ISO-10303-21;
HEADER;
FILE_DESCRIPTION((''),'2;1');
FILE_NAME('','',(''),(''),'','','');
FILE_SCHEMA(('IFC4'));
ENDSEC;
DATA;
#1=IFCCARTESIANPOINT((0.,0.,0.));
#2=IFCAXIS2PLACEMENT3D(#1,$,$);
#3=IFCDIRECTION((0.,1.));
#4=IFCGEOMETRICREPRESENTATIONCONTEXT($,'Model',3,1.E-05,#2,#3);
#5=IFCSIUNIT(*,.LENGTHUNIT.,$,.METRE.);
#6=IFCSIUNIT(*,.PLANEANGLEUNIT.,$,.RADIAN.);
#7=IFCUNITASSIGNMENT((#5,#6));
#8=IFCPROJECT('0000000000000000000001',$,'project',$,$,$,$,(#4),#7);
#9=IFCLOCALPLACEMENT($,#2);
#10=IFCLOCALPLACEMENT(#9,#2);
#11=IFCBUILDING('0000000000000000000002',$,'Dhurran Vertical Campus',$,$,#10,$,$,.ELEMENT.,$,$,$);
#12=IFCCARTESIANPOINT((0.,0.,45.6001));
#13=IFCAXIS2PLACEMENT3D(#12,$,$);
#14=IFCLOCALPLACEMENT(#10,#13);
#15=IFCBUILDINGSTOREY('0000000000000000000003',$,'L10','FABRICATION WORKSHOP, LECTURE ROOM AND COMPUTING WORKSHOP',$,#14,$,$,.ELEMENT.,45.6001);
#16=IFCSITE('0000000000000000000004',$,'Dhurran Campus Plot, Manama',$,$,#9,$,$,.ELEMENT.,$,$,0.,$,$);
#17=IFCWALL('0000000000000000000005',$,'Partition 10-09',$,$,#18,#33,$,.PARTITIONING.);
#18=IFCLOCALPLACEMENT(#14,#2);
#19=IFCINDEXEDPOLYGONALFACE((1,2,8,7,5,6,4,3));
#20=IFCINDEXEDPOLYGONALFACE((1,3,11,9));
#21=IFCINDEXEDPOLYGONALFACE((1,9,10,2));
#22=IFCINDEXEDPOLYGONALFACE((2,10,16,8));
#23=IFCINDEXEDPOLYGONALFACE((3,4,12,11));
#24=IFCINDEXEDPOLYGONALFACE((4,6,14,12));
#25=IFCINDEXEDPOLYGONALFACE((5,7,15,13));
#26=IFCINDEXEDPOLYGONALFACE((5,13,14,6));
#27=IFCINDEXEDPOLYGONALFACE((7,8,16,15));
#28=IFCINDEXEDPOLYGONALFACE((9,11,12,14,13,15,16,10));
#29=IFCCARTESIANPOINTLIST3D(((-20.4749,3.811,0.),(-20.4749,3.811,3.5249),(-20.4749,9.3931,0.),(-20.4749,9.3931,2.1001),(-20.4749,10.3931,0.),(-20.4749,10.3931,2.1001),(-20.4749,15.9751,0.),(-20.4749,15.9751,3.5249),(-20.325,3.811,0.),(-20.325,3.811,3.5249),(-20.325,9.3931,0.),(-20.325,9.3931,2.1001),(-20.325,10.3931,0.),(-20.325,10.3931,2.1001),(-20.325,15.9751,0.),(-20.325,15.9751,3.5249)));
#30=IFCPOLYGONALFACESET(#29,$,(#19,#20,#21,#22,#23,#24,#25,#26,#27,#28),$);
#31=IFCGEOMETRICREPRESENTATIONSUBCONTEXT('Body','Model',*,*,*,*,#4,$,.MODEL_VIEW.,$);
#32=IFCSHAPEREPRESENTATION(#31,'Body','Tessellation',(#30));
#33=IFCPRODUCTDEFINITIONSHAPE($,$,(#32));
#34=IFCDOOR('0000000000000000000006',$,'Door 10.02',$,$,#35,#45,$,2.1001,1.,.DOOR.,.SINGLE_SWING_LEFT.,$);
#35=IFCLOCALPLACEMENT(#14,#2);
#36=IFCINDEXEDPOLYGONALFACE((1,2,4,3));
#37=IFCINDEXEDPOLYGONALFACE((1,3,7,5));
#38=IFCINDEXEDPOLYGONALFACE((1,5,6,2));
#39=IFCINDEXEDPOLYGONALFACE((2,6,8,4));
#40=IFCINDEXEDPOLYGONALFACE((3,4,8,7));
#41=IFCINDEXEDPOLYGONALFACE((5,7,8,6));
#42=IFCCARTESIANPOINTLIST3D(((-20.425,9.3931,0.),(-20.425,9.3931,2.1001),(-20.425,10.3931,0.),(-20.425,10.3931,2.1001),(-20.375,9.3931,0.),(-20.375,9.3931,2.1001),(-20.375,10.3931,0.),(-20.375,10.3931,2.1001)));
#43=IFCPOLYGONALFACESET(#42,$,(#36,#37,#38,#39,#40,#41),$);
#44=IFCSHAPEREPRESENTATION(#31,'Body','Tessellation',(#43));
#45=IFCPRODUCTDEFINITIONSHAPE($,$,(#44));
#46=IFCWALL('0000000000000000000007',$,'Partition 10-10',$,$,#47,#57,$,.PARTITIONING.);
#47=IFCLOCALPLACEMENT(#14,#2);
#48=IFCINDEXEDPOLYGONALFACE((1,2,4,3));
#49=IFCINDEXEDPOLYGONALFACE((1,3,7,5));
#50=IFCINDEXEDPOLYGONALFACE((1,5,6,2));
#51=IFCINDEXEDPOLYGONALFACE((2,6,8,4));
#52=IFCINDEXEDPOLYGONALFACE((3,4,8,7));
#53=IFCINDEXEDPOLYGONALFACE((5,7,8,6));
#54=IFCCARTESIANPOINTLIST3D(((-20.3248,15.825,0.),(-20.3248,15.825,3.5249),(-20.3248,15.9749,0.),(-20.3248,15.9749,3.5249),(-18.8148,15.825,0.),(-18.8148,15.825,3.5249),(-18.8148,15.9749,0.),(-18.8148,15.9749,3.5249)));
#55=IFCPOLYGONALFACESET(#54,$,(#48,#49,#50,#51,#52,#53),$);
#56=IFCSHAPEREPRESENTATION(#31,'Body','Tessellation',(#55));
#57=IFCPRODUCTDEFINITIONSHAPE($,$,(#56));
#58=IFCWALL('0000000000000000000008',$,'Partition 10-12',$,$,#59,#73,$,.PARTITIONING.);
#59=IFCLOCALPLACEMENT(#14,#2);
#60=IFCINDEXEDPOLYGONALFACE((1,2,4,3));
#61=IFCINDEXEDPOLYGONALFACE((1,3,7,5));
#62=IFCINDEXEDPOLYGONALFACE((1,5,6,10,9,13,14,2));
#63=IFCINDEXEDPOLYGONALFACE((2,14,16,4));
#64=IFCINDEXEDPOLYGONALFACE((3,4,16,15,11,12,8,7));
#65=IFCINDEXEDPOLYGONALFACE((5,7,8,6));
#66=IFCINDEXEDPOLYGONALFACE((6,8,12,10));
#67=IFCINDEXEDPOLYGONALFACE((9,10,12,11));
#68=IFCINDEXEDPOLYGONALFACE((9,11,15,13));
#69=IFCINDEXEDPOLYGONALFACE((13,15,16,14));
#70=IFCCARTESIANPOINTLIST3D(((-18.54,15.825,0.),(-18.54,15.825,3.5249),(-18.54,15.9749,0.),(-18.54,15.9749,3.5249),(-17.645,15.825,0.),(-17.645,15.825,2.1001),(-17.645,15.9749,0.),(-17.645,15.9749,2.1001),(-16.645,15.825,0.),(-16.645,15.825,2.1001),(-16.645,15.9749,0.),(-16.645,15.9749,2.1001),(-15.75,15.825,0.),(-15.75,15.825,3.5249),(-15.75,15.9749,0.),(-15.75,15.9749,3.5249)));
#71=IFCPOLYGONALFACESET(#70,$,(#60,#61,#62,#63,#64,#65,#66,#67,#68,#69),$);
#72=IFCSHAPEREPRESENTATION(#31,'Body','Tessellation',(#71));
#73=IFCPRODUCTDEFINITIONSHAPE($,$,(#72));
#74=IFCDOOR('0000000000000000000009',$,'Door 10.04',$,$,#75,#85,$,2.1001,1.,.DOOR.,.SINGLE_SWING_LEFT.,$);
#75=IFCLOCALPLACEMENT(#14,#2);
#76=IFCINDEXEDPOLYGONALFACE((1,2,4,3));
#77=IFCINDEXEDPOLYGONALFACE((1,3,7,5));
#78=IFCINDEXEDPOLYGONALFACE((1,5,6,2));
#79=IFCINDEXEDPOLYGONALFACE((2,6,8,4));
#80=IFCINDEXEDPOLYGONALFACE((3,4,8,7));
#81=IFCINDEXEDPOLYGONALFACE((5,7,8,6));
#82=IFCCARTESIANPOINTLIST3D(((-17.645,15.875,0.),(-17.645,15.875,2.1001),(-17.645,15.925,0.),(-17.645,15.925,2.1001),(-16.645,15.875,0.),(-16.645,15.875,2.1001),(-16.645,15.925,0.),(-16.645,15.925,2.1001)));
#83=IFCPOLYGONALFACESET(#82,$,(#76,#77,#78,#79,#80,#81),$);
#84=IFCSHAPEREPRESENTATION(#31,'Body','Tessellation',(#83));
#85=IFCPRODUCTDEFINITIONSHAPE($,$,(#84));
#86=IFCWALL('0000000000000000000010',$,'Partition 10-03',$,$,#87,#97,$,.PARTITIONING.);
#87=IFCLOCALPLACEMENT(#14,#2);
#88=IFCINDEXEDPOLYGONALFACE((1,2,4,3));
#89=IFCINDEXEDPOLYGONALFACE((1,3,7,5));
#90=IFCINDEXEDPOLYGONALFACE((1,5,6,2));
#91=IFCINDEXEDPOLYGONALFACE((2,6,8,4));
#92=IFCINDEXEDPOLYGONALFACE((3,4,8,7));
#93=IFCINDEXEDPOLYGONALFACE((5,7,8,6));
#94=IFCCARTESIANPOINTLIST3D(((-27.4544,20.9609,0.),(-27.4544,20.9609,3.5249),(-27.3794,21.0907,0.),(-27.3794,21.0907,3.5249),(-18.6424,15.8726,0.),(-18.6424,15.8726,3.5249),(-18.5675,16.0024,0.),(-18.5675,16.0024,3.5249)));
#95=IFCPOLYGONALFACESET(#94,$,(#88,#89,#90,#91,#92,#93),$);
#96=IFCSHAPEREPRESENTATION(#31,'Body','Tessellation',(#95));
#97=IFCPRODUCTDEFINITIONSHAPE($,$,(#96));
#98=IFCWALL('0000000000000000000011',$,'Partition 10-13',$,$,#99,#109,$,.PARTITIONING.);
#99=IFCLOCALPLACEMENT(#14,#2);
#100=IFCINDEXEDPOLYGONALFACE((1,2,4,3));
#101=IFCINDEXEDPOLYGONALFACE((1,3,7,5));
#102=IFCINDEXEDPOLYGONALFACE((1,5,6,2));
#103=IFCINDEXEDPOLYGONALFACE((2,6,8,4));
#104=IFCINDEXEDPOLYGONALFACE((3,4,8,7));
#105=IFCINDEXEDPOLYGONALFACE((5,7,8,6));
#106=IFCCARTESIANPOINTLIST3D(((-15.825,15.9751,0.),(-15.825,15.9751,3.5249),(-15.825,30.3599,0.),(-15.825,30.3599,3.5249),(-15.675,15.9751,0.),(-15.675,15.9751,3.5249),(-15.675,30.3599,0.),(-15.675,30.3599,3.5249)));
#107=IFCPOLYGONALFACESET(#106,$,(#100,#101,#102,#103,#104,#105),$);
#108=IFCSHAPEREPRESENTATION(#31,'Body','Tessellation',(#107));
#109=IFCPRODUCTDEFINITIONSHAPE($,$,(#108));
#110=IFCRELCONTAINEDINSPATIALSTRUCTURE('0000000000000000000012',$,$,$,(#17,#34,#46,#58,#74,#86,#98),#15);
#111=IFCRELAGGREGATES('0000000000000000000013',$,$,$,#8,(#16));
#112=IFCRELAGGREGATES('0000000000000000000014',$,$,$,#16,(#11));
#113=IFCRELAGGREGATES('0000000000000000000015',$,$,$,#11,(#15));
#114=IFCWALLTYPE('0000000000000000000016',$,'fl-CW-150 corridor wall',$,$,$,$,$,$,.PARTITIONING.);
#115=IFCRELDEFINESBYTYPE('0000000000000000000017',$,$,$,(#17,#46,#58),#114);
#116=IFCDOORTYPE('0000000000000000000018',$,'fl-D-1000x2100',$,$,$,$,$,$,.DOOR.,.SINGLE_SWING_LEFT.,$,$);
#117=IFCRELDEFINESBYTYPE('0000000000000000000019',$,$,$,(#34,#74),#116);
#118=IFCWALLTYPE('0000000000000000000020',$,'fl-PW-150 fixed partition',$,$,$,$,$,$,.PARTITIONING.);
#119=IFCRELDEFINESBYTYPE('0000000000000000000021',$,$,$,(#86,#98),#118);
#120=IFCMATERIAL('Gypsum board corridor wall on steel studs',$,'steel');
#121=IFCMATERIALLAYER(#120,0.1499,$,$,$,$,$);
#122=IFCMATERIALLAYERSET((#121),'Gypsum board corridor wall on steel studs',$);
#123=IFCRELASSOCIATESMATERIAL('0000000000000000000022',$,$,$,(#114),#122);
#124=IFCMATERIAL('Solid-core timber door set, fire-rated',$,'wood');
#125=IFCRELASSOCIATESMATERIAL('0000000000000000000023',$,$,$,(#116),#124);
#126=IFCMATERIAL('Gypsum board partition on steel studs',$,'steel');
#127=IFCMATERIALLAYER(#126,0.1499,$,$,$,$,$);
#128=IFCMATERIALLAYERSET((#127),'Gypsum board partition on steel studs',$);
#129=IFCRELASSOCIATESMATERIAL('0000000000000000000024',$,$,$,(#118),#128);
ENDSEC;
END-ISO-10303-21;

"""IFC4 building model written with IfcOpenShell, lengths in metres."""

from ifc_helpers import new_model, si_unit, direction, frame, frame_2d, origin, place, context, subcontext, project, spatial, rectangle, extrude, material, layer, layer_set, type_object, element, fill, save


model = new_model("IFC4")

# Units and contexts
model_context = context("Model", 3, precision=1e-05, world=origin(), true_north=direction((0.0, 1.0)))
body_context = subcontext(model_context, "Body", "Model", "MODEL_VIEW")
ifc_project = project(units=[si_unit("LENGTHUNIT", "METRE"), si_unit("PLANEANGLEUNIT", "RADIAN")], contexts=[model_context])

# Site, building, storey
site_placement = place(None, origin())
site = spatial("IfcSite", under=ifc_project, at=site_placement, Name="Dhurran Campus Plot, Manama", CompositionType="ELEMENT", RefElevation=0.0)
building_placement = place(site_placement, origin())
building = spatial("IfcBuilding", under=site, at=building_placement, Name="Dhurran Vertical Campus", CompositionType="ELEMENT")
storey_placement = place(building_placement, frame((0.0, 0.0, 45.6001)))
storey = spatial("IfcBuildingStorey", under=building, at=storey_placement, Name="L10", Description="FABRICATION WORKSHOP, LECTURE ROOM AND COMPUTING WORKSHOP", CompositionType="ELEMENT", Elevation=45.6001)

# Wall, opening, door
ifc_material_1 = material(Name="Gypsum board corridor wall on steel studs", Category="steel")
ifc_layer_1 = layer(ifc_material_1, 0.1499)
ifc_layer_set_1 = layer_set([ifc_layer_1], Name="Gypsum board corridor wall on steel studs")
wall_type_1 = type_object("IfcWallType", Name="fl-CW-150 corridor wall", PredefinedType="PARTITIONING", material=ifc_layer_set_1)
wall_1_placement = place(storey_placement, frame((-20.3999, 15.9751, 0.0), z_axis=(0.0, 0.0, 1.0), x_axis=(0.0, -1.0, 0.0)))
wall_1 = element("IfcWall", 1, at=wall_1_placement, inside=storey, type_object=wall_type_1, Name="Partition 10-09", PredefinedType="PARTITIONING", context=body_context, shape_type="SweptSolid", body=[
    extrude(rectangle(XDim=12.1641, YDim=0.1499, at=frame_2d((6.082, 0.0))), origin(), (0.0, 0.0, 1.0), 3.5249),
])
opening_1_placement = place(wall_1_placement, frame((5.582, 0.0, 0.0)))
opening_1 = element("IfcOpeningElement", 2, at=opening_1_placement, cuts=wall_1, PredefinedType="OPENING", context=body_context, shape_type="SweptSolid", body=[
    extrude(rectangle(XDim=1.0, YDim=2.1001, at=frame_2d((0.5, 1.05))), frame((0.0, 0.085, 0.0), z_axis=(0.0, -1.0, 0.0), x_axis=(1.0, 0.0, 0.0)), (0.0, 0.0, 1.0), 0.1699),
])
ifc_material_2 = material(Name="Solid-core timber door set, fire-rated", Category="wood")
door_type = type_object("IfcDoorType", Name="fl-D-1000x2100", OperationType="SINGLE_SWING_LEFT", PredefinedType="DOOR", material=ifc_material_2)
door_1_placement = place(opening_1_placement, origin())
door_1 = element("IfcDoor", 3, at=door_1_placement, inside=storey, type_object=door_type, Name="Door 10.02", OperationType="SINGLE_SWING_LEFT", OverallHeight=2.1001, OverallWidth=1.0, PredefinedType="DOOR", context=body_context, shape_type="SweptSolid", body=[
    extrude(rectangle(XDim=1.0, YDim=2.1001, at=frame_2d((0.5, 1.05))), frame((0.0, 0.0249, 0.0), z_axis=(0.0, -1.0, 0.0), x_axis=(1.0, 0.0, 0.0)), (0.0, 0.0, 1.0), 0.05),
])
fill(opening_1, door_1)

# Wall
wall_2_placement = place(storey_placement, frame((-18.8149, 15.8999, 0.0), z_axis=(0.0, 0.0, 1.0), x_axis=(-1.0, 0.0, 0.0)))
element("IfcWall", 4, at=wall_2_placement, inside=storey, type_object=wall_type_1, Name="Partition 10-10", PredefinedType="PARTITIONING", context=body_context, shape_type="SweptSolid", body=[
    extrude(rectangle(XDim=1.51, YDim=0.1499, at=frame_2d((0.7549, 0.0))), origin(), (0.0, 0.0, 1.0), 3.5249),
])

# Wall, opening, door
wall_3_placement = place(storey_placement, frame((-15.75, 15.8999, 0.0), z_axis=(0.0, 0.0, 1.0), x_axis=(-1.0, 0.0, 0.0)))
wall_3 = element("IfcWall", 5, at=wall_3_placement, inside=storey, type_object=wall_type_1, Name="Partition 10-12", PredefinedType="PARTITIONING", context=body_context, shape_type="SweptSolid", body=[
    extrude(rectangle(XDim=2.79, YDim=0.1499, at=frame_2d((1.395, 0.0))), origin(), (0.0, 0.0, 1.0), 3.5249),
])
opening_2_placement = place(wall_3_placement, frame((0.895, 0.0, 0.0)))
opening_2 = element("IfcOpeningElement", 6, at=opening_2_placement, cuts=wall_3, PredefinedType="OPENING", context=body_context, shape_type="SweptSolid", body=[
    extrude(rectangle(XDim=1.0, YDim=2.1001, at=frame_2d((0.5, 1.05))), frame((0.0, 0.085, 0.0), z_axis=(0.0, -1.0, 0.0), x_axis=(1.0, 0.0, 0.0)), (0.0, 0.0, 1.0), 0.1699),
])
door_2_placement = place(opening_2_placement, origin())
door_2 = element("IfcDoor", 7, at=door_2_placement, inside=storey, type_object=door_type, Name="Door 10.04", OperationType="SINGLE_SWING_LEFT", OverallHeight=2.1001, OverallWidth=1.0, PredefinedType="DOOR", context=body_context, shape_type="SweptSolid", body=[
    extrude(rectangle(XDim=1.0, YDim=2.1001, at=frame_2d((0.5, 1.05))), frame((0.0, 0.0249, 0.0), z_axis=(0.0, -1.0, 0.0), x_axis=(1.0, 0.0, 0.0)), (0.0, 0.0, 1.0), 0.05),
])
fill(opening_2, door_2)

# Walls
ifc_material_3 = material(Name="Gypsum board partition on steel studs", Category="steel")
ifc_layer_2 = layer(ifc_material_3, 0.1499)
ifc_layer_set_2 = layer_set([ifc_layer_2], Name="Gypsum board partition on steel studs")
wall_type_2 = type_object("IfcWallType", Name="fl-PW-150 fixed partition", PredefinedType="PARTITIONING", material=ifc_layer_set_2)
wall_4_placement = place(storey_placement, frame((-27.417, 21.0259, 0.0), z_axis=(0.0, 0.0, 1.0), x_axis=(0.865993, -0.500056, 0.0)))
element("IfcWall", 8, at=wall_4_placement, inside=storey, type_object=wall_type_2, Name="Partition 10-03", PredefinedType="PARTITIONING", context=body_context, shape_type="SweptSolid", body=[
    extrude(rectangle(XDim=10.1755, YDim=0.1499, at=frame_2d((5.0879, 0.0))), origin(), (0.0, 0.0, 1.0), 3.5249),
])
wall_5_placement = place(storey_placement, frame((-15.75, 30.3599, 0.0), z_axis=(0.0, 0.0, 1.0), x_axis=(0.0, -1.0, 0.0)))
element("IfcWall", 9, at=wall_5_placement, inside=storey, type_object=wall_type_2, Name="Partition 10-13", PredefinedType="PARTITIONING", context=body_context, shape_type="SweptSolid", body=[
    extrude(rectangle(XDim=14.3848, YDim=0.1499, at=frame_2d((7.1924, 0.0))), origin(), (0.0, 0.0, 1.0), 3.5249),
])

save(model, "model.ifc")
